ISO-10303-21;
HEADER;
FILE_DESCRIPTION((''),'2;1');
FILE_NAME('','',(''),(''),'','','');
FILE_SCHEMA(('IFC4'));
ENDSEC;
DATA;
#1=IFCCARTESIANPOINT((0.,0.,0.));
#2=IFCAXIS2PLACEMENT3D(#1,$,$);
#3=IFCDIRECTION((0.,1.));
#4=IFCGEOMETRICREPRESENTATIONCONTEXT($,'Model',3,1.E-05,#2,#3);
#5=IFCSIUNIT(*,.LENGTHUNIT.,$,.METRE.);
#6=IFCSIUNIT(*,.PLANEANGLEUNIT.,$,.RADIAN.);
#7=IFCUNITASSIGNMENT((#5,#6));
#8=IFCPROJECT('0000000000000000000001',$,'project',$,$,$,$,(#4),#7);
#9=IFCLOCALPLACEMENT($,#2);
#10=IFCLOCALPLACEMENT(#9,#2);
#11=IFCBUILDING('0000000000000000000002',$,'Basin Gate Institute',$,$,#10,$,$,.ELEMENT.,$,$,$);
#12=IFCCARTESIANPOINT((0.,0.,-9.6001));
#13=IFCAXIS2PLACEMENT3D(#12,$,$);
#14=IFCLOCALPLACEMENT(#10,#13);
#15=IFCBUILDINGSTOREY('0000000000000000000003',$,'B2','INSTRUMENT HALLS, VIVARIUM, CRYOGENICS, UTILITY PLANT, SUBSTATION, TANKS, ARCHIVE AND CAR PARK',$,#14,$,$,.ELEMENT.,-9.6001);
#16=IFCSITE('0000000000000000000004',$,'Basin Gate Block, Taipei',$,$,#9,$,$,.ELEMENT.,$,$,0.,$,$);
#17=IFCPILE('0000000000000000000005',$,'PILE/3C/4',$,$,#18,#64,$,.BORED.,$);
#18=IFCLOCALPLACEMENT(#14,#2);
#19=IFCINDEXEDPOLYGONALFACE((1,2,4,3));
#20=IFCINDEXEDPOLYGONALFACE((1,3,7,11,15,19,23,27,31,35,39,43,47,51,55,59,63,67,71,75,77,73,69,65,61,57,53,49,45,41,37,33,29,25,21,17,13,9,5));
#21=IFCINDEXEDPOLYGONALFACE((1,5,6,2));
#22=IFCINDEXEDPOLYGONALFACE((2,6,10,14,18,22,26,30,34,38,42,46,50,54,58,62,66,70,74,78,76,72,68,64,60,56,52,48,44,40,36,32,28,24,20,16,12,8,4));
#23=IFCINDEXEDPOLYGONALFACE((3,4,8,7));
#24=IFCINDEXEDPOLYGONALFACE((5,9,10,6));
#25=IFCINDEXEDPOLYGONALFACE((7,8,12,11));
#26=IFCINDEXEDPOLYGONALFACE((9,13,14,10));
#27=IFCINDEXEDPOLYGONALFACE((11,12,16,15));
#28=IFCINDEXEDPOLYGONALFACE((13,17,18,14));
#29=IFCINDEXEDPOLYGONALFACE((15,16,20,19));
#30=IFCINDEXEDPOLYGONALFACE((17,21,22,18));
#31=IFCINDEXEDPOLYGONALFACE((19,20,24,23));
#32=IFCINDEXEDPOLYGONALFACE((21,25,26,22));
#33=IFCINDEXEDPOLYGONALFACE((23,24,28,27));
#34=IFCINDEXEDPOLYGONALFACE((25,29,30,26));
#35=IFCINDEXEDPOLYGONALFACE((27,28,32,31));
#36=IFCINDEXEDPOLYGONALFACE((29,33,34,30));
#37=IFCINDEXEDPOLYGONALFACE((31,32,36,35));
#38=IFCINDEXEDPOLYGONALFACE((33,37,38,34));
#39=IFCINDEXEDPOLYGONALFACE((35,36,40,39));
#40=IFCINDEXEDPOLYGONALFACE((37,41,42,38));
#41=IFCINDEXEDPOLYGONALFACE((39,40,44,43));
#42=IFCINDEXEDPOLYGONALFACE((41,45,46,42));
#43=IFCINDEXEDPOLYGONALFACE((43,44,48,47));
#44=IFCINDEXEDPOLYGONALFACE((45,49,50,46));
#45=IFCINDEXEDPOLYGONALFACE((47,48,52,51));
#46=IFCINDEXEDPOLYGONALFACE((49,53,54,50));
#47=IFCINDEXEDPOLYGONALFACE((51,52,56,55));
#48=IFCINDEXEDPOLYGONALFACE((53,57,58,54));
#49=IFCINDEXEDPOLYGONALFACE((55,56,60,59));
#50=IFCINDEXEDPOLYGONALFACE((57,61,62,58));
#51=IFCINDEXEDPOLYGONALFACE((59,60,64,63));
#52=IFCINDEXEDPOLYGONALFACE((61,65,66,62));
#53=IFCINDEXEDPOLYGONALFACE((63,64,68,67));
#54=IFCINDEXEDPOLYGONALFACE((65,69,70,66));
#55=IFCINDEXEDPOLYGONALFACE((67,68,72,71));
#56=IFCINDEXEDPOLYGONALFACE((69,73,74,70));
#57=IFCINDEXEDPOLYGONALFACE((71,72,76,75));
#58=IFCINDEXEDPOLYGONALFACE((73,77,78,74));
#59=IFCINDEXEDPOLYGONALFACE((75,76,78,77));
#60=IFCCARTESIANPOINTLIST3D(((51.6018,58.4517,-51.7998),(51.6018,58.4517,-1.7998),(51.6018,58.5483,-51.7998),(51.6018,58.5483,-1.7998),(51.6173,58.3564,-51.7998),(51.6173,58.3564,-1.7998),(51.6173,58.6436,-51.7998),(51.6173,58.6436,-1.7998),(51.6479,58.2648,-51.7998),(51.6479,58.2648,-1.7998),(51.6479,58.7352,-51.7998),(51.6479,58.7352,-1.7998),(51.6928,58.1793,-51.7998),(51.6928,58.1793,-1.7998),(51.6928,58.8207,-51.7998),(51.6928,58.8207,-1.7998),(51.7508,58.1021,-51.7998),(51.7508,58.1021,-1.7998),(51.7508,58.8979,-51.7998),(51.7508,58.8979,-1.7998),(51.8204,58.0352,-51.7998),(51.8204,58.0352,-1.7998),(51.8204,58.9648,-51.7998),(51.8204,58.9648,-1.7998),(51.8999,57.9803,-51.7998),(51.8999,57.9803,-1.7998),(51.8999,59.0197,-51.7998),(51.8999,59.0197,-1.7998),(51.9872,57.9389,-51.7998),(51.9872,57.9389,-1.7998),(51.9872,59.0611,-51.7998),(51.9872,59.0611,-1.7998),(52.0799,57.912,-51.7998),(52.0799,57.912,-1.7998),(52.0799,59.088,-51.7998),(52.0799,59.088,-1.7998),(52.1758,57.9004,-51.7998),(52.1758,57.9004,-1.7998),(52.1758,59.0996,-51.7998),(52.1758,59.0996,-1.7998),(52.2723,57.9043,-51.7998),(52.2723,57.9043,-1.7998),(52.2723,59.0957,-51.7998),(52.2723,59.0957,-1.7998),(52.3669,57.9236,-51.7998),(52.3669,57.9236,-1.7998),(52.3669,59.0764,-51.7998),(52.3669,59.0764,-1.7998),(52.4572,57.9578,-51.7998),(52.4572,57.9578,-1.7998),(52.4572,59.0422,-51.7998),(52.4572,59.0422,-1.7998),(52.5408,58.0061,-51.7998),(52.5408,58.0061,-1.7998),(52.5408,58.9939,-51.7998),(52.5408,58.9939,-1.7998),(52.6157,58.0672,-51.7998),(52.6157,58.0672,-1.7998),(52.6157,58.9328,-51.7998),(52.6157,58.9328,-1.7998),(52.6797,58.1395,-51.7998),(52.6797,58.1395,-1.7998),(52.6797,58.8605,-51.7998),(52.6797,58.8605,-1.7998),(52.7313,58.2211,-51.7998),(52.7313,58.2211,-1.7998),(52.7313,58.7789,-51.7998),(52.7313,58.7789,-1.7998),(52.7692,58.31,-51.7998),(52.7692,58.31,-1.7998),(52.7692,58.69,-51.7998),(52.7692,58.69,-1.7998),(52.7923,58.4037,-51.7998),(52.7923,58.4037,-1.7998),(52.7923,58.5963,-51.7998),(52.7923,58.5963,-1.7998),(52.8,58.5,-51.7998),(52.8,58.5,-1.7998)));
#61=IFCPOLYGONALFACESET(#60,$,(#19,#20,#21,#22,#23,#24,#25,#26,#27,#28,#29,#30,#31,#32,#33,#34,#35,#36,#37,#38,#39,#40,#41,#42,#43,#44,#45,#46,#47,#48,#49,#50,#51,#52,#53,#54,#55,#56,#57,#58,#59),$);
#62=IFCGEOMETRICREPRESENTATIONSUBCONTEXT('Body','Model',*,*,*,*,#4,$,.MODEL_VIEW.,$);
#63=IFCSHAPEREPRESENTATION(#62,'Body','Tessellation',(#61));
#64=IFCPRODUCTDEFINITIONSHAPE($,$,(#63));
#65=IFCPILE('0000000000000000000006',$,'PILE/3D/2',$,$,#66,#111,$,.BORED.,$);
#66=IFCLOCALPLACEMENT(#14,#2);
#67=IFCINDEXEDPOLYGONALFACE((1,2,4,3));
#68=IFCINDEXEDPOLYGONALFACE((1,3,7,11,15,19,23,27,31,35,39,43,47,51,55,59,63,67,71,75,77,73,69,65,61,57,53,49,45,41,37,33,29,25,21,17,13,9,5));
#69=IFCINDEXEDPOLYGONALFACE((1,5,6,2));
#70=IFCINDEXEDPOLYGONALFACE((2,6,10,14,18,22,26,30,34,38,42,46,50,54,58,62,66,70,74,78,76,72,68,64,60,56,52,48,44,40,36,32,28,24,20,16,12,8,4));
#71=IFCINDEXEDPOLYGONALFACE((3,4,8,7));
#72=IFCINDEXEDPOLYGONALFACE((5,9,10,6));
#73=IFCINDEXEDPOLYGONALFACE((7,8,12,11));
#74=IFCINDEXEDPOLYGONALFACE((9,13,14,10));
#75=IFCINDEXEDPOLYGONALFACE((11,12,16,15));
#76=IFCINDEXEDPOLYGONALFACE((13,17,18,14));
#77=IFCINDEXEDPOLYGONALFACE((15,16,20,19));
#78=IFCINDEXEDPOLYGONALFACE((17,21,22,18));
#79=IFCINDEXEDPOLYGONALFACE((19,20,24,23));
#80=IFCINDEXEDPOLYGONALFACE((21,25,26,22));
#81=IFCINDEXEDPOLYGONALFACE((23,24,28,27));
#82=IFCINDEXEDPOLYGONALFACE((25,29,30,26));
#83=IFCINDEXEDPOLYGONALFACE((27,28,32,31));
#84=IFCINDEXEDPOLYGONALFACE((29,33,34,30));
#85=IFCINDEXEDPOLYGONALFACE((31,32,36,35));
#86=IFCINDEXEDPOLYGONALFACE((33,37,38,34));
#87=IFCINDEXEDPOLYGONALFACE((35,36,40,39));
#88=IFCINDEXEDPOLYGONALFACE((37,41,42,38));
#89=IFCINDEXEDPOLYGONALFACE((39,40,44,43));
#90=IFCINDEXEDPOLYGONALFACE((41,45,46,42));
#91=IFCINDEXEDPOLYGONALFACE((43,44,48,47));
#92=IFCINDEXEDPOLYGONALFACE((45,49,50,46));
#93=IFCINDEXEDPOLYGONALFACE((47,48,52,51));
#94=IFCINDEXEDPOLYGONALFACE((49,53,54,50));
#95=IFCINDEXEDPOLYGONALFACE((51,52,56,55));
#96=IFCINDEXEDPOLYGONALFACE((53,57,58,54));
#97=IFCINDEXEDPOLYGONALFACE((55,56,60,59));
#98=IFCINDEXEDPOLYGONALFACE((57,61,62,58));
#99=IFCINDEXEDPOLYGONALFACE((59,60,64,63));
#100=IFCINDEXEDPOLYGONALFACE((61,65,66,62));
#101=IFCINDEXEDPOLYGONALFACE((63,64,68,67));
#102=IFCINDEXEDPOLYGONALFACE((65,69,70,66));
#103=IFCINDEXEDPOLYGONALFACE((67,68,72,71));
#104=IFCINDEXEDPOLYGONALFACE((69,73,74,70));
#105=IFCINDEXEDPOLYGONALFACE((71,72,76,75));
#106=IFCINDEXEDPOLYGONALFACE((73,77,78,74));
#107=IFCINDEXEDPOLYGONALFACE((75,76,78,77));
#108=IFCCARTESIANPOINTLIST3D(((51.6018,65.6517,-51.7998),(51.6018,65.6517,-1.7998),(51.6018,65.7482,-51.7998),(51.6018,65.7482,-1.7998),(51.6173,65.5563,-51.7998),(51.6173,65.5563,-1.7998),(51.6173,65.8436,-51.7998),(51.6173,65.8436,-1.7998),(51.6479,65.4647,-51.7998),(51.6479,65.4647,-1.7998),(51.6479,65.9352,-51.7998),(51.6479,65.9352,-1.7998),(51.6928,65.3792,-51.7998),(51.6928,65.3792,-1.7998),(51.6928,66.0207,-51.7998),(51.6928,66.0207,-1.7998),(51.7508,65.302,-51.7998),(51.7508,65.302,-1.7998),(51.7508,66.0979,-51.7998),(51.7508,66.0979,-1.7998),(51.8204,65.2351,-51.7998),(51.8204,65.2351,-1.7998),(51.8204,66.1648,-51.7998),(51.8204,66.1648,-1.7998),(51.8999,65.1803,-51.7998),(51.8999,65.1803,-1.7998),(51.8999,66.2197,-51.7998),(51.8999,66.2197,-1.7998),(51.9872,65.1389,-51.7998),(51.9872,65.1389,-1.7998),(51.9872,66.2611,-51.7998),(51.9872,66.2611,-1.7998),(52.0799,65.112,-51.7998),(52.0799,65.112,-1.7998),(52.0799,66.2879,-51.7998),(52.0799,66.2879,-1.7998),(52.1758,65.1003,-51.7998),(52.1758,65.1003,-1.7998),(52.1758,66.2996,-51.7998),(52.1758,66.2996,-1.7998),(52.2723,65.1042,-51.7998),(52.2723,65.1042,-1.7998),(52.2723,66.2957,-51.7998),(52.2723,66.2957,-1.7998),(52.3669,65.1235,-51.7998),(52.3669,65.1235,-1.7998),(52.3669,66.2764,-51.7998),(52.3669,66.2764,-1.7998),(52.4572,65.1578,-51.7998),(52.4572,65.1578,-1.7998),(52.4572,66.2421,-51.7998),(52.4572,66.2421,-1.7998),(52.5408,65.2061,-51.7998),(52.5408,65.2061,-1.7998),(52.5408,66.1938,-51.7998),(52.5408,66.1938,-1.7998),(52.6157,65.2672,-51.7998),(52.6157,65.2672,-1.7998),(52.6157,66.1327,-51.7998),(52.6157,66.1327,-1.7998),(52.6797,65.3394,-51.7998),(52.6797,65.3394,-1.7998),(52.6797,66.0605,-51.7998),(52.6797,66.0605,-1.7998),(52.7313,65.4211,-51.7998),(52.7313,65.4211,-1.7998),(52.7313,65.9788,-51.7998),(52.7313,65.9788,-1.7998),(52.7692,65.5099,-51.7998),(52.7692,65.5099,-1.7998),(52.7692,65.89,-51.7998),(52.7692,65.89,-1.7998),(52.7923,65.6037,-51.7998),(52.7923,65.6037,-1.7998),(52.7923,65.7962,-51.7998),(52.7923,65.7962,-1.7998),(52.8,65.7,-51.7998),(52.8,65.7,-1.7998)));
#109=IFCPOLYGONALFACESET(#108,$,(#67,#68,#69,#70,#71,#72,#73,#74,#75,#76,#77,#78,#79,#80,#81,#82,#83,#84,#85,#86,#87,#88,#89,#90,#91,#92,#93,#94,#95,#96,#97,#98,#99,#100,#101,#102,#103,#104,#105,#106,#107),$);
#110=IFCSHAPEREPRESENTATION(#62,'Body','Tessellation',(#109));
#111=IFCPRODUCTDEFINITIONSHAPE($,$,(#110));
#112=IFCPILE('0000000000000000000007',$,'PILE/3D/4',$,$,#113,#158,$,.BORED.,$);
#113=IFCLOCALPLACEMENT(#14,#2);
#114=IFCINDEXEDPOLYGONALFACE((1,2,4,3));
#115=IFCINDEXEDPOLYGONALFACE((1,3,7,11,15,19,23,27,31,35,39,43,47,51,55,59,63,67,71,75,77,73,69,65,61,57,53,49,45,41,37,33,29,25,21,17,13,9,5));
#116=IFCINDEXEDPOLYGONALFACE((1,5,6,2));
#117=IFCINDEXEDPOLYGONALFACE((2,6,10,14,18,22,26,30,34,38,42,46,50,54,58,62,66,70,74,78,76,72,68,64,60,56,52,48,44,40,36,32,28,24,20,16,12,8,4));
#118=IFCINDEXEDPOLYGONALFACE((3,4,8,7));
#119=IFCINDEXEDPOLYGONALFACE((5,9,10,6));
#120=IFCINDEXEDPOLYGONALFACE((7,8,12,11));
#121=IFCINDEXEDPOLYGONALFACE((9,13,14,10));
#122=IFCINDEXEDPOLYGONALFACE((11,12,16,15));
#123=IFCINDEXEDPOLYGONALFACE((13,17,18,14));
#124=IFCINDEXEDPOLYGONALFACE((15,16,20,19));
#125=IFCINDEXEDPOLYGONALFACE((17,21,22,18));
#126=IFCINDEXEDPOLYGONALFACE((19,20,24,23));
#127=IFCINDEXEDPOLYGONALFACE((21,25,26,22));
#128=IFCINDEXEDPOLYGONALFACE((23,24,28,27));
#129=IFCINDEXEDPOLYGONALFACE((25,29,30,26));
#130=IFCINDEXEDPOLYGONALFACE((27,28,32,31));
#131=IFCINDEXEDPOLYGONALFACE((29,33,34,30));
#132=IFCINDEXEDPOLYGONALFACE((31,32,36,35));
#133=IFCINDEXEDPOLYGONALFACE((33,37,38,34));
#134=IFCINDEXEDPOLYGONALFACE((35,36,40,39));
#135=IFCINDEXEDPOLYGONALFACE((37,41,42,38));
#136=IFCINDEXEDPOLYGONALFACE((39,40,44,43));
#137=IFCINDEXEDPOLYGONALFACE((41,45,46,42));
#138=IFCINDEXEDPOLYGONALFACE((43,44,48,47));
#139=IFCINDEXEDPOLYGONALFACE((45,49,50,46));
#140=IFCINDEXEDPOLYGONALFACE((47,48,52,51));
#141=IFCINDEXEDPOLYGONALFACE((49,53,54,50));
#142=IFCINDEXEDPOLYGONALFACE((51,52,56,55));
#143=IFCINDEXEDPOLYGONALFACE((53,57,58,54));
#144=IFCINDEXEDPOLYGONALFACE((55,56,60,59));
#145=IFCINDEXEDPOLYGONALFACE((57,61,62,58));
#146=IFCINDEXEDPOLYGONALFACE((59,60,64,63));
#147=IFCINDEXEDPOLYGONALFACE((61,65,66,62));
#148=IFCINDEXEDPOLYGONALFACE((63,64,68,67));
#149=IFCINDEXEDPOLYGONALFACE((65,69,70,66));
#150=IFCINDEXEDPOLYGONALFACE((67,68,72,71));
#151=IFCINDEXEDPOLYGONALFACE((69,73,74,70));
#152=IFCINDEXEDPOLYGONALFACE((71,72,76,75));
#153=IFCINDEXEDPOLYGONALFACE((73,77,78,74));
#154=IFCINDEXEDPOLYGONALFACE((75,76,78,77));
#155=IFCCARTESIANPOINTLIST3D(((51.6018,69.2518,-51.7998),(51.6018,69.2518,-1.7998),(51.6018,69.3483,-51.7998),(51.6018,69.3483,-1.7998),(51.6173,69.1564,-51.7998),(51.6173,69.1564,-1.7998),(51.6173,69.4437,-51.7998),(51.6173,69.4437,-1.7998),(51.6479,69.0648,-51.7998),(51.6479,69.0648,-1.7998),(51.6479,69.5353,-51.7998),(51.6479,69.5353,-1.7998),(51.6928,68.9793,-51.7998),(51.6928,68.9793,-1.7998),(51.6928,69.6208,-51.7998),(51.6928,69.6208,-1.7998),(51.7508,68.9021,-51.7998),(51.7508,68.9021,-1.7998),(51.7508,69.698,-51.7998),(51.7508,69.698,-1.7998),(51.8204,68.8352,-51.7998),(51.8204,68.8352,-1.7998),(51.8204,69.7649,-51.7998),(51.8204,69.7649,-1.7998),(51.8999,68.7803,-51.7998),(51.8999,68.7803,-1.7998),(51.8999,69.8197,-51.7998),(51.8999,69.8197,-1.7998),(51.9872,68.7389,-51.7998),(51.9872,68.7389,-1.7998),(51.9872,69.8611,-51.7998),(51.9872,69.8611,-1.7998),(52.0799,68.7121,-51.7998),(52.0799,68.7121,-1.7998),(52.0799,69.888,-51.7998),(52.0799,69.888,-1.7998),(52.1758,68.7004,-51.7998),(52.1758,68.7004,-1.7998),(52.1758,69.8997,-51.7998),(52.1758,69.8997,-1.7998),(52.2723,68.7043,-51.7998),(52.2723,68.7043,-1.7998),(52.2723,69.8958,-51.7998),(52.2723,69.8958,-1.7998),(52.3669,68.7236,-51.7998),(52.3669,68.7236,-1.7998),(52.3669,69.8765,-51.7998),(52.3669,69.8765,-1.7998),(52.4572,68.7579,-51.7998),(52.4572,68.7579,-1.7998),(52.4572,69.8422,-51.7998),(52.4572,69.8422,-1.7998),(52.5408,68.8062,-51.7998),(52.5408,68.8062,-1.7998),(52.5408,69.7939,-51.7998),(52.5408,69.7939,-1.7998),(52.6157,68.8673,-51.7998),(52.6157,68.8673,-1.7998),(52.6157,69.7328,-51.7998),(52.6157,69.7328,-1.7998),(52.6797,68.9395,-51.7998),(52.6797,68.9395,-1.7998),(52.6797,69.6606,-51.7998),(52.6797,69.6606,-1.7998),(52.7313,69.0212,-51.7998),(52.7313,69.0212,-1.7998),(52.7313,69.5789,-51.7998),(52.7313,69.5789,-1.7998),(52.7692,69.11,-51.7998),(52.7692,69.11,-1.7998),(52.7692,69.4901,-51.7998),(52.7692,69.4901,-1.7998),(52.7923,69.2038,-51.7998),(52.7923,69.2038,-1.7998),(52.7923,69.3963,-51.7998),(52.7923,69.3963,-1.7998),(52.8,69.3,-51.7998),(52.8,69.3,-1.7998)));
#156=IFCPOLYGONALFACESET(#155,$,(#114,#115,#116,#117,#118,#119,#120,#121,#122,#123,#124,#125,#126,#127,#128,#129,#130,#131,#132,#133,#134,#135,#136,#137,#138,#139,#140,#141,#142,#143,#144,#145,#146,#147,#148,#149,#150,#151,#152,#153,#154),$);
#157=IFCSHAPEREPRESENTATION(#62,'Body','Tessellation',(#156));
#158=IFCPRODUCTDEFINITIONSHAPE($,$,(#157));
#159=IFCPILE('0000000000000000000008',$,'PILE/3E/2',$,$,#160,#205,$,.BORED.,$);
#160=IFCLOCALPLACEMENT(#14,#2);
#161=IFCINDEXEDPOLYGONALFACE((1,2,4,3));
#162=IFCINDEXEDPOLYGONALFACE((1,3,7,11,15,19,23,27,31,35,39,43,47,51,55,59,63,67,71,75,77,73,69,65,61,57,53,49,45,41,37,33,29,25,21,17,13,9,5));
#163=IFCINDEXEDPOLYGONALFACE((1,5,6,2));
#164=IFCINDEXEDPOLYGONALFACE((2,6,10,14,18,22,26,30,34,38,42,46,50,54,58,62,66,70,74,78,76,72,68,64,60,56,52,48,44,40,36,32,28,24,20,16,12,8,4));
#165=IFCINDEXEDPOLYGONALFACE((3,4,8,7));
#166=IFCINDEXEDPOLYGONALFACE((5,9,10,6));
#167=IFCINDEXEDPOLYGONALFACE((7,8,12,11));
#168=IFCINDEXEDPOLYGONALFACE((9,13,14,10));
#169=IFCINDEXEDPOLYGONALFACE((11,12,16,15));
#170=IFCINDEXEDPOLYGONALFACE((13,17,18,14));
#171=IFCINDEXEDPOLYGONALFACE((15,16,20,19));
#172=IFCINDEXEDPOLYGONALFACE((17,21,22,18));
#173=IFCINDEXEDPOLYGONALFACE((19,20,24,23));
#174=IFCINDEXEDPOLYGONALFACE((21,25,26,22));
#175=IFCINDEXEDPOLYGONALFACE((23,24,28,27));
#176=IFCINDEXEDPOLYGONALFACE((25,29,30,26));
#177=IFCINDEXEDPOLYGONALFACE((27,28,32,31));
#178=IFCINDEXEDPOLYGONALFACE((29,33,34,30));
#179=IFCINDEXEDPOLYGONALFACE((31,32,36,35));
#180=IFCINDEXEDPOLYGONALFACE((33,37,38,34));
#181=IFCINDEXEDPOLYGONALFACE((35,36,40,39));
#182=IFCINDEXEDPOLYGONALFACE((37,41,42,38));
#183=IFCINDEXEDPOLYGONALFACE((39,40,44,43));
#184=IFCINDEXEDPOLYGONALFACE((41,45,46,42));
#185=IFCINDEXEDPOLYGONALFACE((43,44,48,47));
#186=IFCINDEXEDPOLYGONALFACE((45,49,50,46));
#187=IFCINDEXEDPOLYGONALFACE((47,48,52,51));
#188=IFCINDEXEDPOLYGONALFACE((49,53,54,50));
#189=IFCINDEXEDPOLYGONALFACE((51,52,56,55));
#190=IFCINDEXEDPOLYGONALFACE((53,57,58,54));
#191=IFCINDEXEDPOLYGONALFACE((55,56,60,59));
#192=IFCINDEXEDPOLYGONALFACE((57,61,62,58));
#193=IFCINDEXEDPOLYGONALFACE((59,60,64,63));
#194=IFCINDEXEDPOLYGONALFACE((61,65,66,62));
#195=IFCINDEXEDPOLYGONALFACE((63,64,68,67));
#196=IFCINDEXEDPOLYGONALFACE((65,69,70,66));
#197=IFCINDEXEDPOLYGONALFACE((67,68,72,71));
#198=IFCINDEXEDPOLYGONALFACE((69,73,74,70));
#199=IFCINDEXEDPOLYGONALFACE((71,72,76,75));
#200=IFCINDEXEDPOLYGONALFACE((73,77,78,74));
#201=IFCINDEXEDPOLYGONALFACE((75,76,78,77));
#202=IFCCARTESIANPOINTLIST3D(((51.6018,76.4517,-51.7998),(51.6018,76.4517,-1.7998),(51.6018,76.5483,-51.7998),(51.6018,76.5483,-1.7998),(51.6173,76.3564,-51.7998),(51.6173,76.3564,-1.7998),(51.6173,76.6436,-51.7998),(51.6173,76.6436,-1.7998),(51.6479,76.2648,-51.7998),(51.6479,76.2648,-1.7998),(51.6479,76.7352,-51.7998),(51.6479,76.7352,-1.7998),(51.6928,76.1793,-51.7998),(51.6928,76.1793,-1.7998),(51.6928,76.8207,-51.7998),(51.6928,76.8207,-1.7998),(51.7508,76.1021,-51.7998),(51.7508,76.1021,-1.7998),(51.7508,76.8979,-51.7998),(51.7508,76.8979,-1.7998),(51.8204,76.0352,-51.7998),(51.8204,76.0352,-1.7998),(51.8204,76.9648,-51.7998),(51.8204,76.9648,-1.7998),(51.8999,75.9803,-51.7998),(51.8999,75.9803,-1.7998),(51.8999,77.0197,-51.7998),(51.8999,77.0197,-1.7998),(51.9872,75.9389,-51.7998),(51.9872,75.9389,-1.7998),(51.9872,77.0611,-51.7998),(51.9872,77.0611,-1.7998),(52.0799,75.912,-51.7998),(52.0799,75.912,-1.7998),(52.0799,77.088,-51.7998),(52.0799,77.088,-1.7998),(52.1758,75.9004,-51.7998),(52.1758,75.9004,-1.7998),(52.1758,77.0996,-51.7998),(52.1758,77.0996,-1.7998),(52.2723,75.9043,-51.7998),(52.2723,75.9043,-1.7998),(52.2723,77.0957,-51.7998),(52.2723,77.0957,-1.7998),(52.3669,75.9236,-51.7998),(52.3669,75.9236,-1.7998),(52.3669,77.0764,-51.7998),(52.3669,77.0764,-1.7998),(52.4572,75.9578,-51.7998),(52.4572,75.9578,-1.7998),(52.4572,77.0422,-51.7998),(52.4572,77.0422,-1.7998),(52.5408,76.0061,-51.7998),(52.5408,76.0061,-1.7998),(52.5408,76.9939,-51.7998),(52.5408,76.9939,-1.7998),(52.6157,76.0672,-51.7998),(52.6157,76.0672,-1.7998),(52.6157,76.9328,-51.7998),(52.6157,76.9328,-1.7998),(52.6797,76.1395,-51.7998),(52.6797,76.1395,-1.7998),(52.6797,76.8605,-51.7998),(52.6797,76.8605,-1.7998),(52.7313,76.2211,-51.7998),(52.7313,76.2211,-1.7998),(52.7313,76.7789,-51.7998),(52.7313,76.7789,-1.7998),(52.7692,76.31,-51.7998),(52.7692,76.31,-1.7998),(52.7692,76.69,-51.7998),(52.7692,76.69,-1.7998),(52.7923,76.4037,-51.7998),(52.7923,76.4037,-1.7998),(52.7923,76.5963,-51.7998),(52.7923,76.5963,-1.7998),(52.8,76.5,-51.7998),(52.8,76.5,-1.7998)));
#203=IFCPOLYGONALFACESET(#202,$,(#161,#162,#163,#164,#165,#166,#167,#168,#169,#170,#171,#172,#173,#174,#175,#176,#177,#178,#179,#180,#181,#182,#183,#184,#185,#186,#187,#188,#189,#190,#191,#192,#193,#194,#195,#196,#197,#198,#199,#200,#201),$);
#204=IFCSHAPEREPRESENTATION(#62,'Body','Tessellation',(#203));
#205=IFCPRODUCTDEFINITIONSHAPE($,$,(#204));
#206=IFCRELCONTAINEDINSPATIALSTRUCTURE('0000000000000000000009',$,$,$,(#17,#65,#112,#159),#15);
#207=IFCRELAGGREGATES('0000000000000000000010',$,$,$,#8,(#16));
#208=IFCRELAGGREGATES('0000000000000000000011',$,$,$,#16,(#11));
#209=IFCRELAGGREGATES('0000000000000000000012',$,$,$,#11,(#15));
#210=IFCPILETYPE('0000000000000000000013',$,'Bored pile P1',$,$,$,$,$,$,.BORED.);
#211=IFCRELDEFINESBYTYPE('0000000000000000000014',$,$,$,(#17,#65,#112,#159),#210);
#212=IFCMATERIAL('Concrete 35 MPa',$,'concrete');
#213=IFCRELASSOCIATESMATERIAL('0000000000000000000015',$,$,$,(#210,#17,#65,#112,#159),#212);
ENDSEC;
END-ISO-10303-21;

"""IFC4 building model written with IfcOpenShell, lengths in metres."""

from ifc_helpers import new_model, si_unit, direction, frame, origin, origin_2d, place, context, subcontext, project, spatial, circle, extrude, material, material_profile, profile_set, type_object, element, save


model = new_model("IFC4")

# Units and contexts
model_context = context("Model", 3, precision=1e-05, world=origin(), true_north=direction((0.0, 1.0)))
body_context = subcontext(model_context, "Body", "Model", "MODEL_VIEW")
ifc_project = project(units=[si_unit("LENGTHUNIT", "METRE"), si_unit("PLANEANGLEUNIT", "RADIAN")], contexts=[model_context])

# Site, building, storey
site_placement = place(None, origin())
site = spatial("IfcSite", under=ifc_project, at=site_placement, Name="Basin Gate Block, Taipei", CompositionType="ELEMENT", RefElevation=0.0)
building_placement = place(site_placement, origin())
building = spatial("IfcBuilding", under=site, at=building_placement, Name="Basin Gate Institute", CompositionType="ELEMENT")
storey_placement = place(building_placement, frame((0.0, 0.0, -9.6001)))
storey = spatial("IfcBuildingStorey", under=building, at=storey_placement, Name="B2", Description="INSTRUMENT HALLS, VIVARIUM, CRYOGENICS, UTILITY PLANT, SUBSTATION, TANKS, ARCHIVE AND CAR PARK", CompositionType="ELEMENT", Elevation=-9.6001)

# Piles
ifc_material_1 = material(Name="Concrete 35 MPa", Category="concrete")
ifc_material_profile_1 = material_profile(ifc_material_1, circle(Radius=0.6001, at=origin_2d()), Name="Bored pile P1 1200 dia")
ifc_profile_set_1 = profile_set([ifc_material_profile_1], Name="Concrete 35 MPa")
pile_type = type_object("IfcPileType", Name="Bored pile P1", PredefinedType="BORED", material=ifc_profile_set_1)
for number, where, z_axis, x_axis, name in (
    (1, (52.2, 58.5, -1.7998), (0.0, 0.0, -1.0), (1.0, 0.0, 0.0), "PILE/3C/4"),
    (2, (52.2, 65.7, -1.7998), (0.0, 0.0, -1.0), (1.0, 0.0, 0.0), "PILE/3D/2"),
    (3, (52.2, 69.3, -1.7998), (0.0, 0.0, -1.0), (1.0, 0.0, 0.0), "PILE/3D/4"),
    (4, (52.2, 76.5, -1.7998), (0.0, 0.0, -1.0), (1.0, 0.0, 0.0), "PILE/3E/2"),
):
    element("IfcPile", number, at=place(storey_placement, frame(where, z_axis=z_axis, x_axis=x_axis)), inside=storey, type_object=pile_type, material=ifc_profile_set_1, Name=name, PredefinedType="BORED", context=body_context, shape_type="SweptSolid", body=[
        extrude(circle(Radius=0.6001, at=origin_2d()), origin(), (0.0, 0.0, 1.0), 50.0),
    ])

save(model, "model.ifc")
